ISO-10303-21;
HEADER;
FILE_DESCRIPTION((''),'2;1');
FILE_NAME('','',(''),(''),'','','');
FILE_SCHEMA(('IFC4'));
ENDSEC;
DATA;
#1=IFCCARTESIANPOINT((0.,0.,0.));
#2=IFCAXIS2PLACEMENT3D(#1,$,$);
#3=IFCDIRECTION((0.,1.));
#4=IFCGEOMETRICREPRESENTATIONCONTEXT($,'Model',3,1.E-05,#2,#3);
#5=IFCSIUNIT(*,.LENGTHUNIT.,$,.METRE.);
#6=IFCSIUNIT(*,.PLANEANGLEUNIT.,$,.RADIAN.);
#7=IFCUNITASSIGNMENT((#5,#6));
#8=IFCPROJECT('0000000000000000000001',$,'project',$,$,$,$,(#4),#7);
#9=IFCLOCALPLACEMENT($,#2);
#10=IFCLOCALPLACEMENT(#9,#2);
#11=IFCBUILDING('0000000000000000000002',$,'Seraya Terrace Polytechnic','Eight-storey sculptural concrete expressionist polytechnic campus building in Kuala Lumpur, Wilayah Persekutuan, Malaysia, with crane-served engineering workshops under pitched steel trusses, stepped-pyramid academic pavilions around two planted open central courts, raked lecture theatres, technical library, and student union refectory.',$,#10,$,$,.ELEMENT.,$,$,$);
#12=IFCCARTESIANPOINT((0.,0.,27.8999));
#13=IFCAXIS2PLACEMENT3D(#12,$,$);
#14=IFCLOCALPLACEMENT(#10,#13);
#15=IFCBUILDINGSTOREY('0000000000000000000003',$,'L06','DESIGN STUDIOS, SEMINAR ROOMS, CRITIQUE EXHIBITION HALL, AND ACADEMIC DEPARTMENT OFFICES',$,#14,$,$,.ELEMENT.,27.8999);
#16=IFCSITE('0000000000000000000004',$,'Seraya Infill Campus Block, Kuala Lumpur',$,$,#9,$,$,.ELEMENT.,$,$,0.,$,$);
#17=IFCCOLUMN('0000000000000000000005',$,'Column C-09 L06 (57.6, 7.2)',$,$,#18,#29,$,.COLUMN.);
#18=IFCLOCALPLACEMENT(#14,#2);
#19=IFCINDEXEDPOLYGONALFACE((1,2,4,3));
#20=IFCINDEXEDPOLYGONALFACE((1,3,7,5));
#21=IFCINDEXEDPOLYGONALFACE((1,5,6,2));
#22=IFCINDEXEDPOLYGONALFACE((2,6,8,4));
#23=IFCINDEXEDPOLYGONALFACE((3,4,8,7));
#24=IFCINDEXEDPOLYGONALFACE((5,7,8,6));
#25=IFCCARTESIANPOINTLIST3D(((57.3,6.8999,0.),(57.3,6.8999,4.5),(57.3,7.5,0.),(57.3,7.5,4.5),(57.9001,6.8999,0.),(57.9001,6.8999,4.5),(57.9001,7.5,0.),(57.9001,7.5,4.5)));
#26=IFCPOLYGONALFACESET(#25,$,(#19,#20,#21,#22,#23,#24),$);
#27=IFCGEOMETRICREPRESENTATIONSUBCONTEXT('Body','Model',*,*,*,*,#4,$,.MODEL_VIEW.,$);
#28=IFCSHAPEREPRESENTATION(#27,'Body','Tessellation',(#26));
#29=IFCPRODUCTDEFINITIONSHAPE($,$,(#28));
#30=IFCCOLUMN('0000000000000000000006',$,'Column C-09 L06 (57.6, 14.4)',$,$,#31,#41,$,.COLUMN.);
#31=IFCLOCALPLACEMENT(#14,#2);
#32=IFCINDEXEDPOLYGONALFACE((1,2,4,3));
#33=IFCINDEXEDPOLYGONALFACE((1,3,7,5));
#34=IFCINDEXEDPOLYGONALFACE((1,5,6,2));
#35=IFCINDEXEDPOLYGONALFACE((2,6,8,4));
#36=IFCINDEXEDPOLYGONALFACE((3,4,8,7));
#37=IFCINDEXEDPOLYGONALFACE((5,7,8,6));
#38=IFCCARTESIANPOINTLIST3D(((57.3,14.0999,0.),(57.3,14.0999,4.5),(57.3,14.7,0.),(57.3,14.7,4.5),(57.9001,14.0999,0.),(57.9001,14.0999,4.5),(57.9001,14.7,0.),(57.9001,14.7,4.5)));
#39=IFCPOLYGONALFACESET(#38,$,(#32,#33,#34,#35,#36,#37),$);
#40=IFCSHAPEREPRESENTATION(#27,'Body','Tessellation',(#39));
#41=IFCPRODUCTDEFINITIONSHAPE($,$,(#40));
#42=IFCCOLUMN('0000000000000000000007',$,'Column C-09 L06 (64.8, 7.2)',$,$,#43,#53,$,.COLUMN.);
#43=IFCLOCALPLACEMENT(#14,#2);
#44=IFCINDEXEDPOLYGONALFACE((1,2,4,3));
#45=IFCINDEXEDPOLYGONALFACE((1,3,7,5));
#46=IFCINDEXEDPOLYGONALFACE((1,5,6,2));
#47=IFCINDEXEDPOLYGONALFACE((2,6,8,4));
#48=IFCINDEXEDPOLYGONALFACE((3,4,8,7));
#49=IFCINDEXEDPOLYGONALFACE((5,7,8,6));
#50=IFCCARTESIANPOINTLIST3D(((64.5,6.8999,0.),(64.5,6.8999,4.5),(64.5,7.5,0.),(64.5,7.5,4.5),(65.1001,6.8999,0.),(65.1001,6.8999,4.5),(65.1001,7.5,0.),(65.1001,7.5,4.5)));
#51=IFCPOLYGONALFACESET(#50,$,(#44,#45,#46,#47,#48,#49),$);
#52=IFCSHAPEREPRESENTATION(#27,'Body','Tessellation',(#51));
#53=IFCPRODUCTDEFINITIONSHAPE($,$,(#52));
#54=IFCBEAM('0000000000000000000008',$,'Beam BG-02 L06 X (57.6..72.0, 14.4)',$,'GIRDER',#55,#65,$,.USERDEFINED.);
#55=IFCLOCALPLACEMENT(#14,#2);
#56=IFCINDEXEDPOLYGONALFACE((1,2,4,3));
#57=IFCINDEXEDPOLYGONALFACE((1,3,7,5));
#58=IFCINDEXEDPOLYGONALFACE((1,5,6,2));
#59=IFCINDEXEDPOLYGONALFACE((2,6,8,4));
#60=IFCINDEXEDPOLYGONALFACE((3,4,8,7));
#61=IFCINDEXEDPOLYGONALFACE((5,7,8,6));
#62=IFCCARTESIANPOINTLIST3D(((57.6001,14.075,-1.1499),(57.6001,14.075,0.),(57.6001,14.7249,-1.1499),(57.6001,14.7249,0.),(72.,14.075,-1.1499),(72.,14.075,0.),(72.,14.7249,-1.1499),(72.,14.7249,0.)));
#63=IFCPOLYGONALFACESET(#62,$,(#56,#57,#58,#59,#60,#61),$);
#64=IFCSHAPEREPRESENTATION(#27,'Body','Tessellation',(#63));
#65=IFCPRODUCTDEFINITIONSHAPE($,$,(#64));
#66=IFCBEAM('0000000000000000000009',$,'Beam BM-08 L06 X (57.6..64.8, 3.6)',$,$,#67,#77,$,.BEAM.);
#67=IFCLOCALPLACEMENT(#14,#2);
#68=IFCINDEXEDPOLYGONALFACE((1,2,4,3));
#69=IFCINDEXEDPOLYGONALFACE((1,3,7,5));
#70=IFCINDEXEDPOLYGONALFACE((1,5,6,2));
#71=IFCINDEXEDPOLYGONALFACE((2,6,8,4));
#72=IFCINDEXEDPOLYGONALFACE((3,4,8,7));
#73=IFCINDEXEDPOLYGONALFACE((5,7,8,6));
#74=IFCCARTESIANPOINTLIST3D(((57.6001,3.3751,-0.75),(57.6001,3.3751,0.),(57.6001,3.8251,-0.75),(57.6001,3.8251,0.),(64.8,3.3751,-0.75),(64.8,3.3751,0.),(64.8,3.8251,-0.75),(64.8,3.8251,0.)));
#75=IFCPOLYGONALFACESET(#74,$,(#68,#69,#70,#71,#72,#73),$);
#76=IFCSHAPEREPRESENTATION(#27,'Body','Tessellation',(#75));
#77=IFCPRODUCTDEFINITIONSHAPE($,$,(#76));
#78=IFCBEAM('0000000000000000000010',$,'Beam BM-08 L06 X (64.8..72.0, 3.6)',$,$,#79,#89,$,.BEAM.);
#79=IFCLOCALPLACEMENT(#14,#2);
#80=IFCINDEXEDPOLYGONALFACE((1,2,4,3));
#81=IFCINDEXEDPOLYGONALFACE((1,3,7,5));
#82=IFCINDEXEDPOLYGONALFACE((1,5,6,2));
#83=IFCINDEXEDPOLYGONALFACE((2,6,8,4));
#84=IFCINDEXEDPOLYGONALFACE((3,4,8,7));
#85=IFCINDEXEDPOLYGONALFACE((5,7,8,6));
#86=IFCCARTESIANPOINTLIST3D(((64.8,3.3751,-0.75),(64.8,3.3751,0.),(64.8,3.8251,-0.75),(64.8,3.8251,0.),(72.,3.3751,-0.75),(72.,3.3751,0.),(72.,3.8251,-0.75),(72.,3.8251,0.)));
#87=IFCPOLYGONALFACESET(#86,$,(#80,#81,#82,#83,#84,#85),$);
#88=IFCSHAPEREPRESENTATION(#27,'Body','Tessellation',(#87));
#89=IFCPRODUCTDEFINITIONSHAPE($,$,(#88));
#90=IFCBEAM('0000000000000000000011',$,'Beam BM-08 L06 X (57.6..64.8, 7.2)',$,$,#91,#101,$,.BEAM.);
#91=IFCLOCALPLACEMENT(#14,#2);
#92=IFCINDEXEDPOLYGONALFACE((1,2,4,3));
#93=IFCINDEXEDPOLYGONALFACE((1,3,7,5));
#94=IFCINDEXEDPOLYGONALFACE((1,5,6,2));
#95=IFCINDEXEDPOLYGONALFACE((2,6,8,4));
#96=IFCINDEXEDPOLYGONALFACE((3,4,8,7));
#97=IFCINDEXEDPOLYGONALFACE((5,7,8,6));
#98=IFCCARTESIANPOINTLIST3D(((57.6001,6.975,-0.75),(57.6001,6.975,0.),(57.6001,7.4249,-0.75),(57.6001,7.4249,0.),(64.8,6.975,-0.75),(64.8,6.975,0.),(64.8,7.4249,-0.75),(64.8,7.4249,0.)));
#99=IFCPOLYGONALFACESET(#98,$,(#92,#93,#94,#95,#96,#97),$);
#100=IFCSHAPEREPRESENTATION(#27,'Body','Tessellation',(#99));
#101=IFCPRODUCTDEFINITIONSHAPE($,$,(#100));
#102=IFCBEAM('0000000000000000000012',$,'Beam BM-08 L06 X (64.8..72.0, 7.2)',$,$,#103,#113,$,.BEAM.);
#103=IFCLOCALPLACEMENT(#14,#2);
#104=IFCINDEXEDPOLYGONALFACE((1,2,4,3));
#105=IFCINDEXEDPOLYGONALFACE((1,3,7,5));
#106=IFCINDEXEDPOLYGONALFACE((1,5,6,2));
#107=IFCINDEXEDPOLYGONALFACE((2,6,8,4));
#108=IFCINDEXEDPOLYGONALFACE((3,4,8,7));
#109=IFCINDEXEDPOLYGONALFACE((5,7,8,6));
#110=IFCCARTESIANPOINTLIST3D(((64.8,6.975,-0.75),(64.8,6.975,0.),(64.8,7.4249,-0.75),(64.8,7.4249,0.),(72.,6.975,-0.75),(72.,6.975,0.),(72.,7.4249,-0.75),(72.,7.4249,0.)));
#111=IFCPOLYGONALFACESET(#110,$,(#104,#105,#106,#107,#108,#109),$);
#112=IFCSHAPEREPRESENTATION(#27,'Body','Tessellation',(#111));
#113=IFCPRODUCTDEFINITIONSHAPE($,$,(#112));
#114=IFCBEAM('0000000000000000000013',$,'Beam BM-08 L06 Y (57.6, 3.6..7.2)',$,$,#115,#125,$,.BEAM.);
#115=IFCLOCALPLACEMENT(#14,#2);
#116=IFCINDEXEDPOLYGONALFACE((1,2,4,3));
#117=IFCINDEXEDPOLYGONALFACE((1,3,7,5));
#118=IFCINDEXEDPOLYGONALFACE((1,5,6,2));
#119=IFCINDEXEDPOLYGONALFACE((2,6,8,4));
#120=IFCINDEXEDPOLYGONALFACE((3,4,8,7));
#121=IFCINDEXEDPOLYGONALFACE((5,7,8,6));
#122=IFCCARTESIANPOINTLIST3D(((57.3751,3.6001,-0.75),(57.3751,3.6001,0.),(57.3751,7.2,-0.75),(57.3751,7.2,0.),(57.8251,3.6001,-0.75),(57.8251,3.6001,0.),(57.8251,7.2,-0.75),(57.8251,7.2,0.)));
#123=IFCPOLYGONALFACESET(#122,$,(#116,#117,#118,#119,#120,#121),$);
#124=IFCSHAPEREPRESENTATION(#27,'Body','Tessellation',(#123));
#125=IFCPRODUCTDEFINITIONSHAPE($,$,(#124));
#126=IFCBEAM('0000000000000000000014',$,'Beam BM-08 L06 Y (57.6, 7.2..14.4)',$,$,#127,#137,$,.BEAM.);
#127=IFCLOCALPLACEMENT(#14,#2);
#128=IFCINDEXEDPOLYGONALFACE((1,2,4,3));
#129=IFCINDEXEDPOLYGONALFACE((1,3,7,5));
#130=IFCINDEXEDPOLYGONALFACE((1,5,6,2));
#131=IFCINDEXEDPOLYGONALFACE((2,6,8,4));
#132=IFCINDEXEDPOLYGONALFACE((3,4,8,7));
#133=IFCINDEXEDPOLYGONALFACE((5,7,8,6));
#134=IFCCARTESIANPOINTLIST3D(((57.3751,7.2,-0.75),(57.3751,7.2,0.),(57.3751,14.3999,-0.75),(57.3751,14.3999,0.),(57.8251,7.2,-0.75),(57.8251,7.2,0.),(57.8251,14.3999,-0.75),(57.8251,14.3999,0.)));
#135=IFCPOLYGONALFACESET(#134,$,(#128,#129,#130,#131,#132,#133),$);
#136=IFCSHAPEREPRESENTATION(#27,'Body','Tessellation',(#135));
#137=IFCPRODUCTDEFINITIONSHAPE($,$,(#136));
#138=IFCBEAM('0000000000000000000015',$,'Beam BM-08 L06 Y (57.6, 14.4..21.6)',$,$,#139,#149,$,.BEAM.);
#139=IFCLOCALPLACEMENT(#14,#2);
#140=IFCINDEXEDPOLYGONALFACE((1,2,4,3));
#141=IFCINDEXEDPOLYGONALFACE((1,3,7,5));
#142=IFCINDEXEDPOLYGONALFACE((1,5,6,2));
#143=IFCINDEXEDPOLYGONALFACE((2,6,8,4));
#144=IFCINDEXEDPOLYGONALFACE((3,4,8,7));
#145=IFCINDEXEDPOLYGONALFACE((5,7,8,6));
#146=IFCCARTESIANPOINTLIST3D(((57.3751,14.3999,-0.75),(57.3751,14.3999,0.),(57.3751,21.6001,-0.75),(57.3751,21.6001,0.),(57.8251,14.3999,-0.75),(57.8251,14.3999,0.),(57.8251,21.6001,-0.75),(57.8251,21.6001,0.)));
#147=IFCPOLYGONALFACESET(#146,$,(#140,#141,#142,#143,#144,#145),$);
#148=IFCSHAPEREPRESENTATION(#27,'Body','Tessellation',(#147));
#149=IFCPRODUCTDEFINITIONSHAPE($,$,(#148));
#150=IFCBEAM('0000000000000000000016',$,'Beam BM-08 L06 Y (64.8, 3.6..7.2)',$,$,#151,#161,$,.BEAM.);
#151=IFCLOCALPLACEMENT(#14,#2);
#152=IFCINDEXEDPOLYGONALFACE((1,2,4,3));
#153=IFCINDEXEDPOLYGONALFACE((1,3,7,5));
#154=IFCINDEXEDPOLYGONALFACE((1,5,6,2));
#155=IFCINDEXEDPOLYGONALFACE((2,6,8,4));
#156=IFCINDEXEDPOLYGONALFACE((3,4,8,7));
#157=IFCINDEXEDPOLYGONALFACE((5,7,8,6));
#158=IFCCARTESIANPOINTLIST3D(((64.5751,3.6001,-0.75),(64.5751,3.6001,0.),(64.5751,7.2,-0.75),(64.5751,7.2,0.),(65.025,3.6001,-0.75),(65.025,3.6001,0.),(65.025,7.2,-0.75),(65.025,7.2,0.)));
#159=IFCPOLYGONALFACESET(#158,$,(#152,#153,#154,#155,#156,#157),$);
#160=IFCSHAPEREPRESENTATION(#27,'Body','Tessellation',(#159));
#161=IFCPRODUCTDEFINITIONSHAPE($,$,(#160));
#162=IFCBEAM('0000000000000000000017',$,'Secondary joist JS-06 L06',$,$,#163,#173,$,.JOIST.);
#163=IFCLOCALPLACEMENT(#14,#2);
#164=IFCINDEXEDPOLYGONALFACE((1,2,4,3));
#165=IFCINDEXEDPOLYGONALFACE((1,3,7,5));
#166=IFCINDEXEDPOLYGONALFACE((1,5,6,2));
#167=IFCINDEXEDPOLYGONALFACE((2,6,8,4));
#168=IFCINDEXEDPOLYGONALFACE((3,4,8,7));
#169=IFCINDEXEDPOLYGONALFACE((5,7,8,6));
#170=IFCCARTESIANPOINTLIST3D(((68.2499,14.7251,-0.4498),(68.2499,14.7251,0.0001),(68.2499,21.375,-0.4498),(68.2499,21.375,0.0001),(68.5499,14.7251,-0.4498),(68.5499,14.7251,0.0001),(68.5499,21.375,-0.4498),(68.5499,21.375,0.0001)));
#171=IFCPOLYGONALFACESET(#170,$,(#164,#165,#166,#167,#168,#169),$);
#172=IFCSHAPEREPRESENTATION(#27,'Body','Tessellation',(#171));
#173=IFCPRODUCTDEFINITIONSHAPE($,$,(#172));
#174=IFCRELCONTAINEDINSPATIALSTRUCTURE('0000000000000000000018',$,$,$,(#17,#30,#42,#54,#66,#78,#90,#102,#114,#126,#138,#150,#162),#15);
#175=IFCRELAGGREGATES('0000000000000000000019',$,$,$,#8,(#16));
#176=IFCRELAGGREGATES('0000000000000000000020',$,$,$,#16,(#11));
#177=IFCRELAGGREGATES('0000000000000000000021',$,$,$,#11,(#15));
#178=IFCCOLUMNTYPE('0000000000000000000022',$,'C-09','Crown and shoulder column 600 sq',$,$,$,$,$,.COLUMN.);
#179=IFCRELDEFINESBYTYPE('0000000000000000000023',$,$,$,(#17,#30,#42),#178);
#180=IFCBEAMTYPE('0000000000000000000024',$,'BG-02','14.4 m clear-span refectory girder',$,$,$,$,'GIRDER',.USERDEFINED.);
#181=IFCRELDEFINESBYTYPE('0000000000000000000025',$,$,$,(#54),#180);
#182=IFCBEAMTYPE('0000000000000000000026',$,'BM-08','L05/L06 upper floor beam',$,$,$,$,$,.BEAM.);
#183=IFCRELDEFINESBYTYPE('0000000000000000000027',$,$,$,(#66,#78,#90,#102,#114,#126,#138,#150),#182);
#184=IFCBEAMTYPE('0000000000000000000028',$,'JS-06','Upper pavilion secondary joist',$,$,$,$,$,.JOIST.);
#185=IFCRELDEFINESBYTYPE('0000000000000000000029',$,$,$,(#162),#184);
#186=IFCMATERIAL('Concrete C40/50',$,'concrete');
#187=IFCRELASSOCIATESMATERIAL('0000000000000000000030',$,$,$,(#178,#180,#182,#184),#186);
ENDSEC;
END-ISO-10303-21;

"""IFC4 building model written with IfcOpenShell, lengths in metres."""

from ifc_helpers import new_model, si_unit, direction, frame, origin, origin_2d, place, context, subcontext, project, spatial, rectangle, extrude, material, material_profile, profile_set, type_object, element, save


model = new_model("IFC4")

# Units and contexts
model_context = context("Model", 3, precision=1e-05, world=origin(), true_north=direction((0.0, 1.0)))
body_context = subcontext(model_context, "Body", "Model", "MODEL_VIEW")
ifc_project = project(units=[si_unit("LENGTHUNIT", "METRE"), si_unit("PLANEANGLEUNIT", "RADIAN")], contexts=[model_context])

# Site, building, storey
site_placement = place(None, origin())
site = spatial("IfcSite", under=ifc_project, at=site_placement, Name="Seraya Infill Campus Block, Kuala Lumpur", CompositionType="ELEMENT", RefElevation=0.0)
building_placement = place(site_placement, origin())
building = spatial("IfcBuilding", under=site, at=building_placement, Name="Seraya Terrace Polytechnic", Description="Eight-storey sculptural concrete expressionist polytechnic campus building in Kuala Lumpur, Wilayah Persekutuan, Malaysia, with crane-served engineering workshops under pitched steel trusses, stepped-pyramid academic pavilions around two planted open central courts, raked lecture theatres, technical library, and student union refectory.", CompositionType="ELEMENT")
storey_placement = place(building_placement, frame((0.0, 0.0, 27.8999)))
storey = spatial("IfcBuildingStorey", under=building, at=storey_placement, Name="L06", Description="DESIGN STUDIOS, SEMINAR ROOMS, CRITIQUE EXHIBITION HALL, AND ACADEMIC DEPARTMENT OFFICES", CompositionType="ELEMENT", Elevation=27.8999)

# Columns
ifc_material_1 = material(Name="Concrete C40/50", Category="concrete")
ifc_material_profile_1 = material_profile(ifc_material_1, rectangle(XDim=0.6001, YDim=0.6001, at=origin_2d()), Name="RC 600x600")
ifc_profile_set_1 = profile_set([ifc_material_profile_1], Name="Concrete C40/50")
column_type = type_object("IfcColumnType", Name="C-09", Description="Crown and shoulder column 600 sq", PredefinedType="COLUMN", material=ifc_profile_set_1)
for number, where, z_axis, x_axis, name in (
    (1, (57.6001, 7.2, 0.0), (0.0, 0.0, 1.0), (1.0, 0.0, 0.0), "Column C-09 L06 (57.6, 7.2)"),
    (2, (57.6001, 14.3999, 0.0), (0.0, 0.0, 1.0), (1.0, 0.0, 0.0), "Column C-09 L06 (57.6, 14.4)"),
    (3, (64.8, 7.2, 0.0), (0.0, 0.0, 1.0), (1.0, 0.0, 0.0), "Column C-09 L06 (64.8, 7.2)"),
):
    element("IfcColumn", number, at=place(storey_placement, frame(where, z_axis=z_axis, x_axis=x_axis)), inside=storey, type_object=column_type, Name=name, PredefinedType="COLUMN", context=body_context, shape_type="SweptSolid", body=[
        extrude(rectangle(XDim=0.6001, YDim=0.6001, at=origin_2d()), origin(), (0.0, 0.0, 1.0), 4.5),
    ])

# Beams
ifc_material_profile_2 = material_profile(ifc_material_1, rectangle(XDim=0.6499, YDim=1.1499, at=origin_2d()), Name="RC 650x1150")
ifc_profile_set_2 = profile_set([ifc_material_profile_2], Name="Concrete C40/50")
beam_type_1 = type_object("IfcBeamType", Name="BG-02", Description="14.4 m clear-span refectory girder", ElementType="GIRDER", PredefinedType="USERDEFINED", material=ifc_profile_set_2)
beam_1_placement = place(storey_placement, frame((57.6001, 14.3999, -0.575), z_axis=(1.0, 0.0, 0.0), x_axis=(0.0, 1.0, 0.0)))
element("IfcBeam", 4, at=beam_1_placement, inside=storey, type_object=beam_type_1, Name="Beam BG-02 L06 X (57.6..72.0, 14.4)", ObjectType="GIRDER", PredefinedType="USERDEFINED", context=body_context, shape_type="SweptSolid", body=[
    extrude(rectangle(XDim=0.6499, YDim=1.1499, at=origin_2d()), origin(), (0.0, 0.0, 1.0), 14.3999),
])
ifc_material_profile_3 = material_profile(ifc_material_1, rectangle(XDim=0.45, YDim=0.75, at=origin_2d()), Name="RC 450x750")
ifc_profile_set_3 = profile_set([ifc_material_profile_3], Name="Concrete C40/50")
beam_type_2 = type_object("IfcBeamType", Name="BM-08", Description="L05/L06 upper floor beam", PredefinedType="BEAM", material=ifc_profile_set_3)
for number, where, z_axis, x_axis, name in (
    (5, (57.6001, 3.6001, -0.375), (1.0, 0.0, 0.0), (0.0, 1.0, 0.0), "Beam BM-08 L06 X (57.6..64.8, 3.6)"),
    (6, (64.8, 3.6001, -0.375), (1.0, 0.0, 0.0), (0.0, 1.0, 0.0), "Beam BM-08 L06 X (64.8..72.0, 3.6)"),
    (7, (57.6001, 7.2, -0.375), (1.0, 0.0, 0.0), (0.0, 1.0, 0.0), "Beam BM-08 L06 X (57.6..64.8, 7.2)"),
    (8, (64.8, 7.2, -0.375), (1.0, 0.0, 0.0), (0.0, 1.0, 0.0), "Beam BM-08 L06 X (64.8..72.0, 7.2)"),
):
    element("IfcBeam", number, at=place(storey_placement, frame(where, z_axis=z_axis, x_axis=x_axis)), inside=storey, type_object=beam_type_2, Name=name, PredefinedType="BEAM", context=body_context, shape_type="SweptSolid", body=[
        extrude(rectangle(XDim=0.45, YDim=0.75, at=origin_2d()), origin(), (0.0, 0.0, 1.0), 7.2),
    ])
beam_2_placement = place(storey_placement, frame((57.6001, 3.6001, -0.375), z_axis=(0.0, 1.0, 0.0), x_axis=(-1.0, 0.0, 0.0)))
element("IfcBeam", 9, at=beam_2_placement, inside=storey, type_object=beam_type_2, Name="Beam BM-08 L06 Y (57.6, 3.6..7.2)", PredefinedType="BEAM", context=body_context, shape_type="SweptSolid", body=[
    extrude(rectangle(XDim=0.45, YDim=0.75, at=origin_2d()), origin(), (0.0, 0.0, 1.0), 3.5999),
])
beam_3_placement = place(storey_placement, frame((57.6001, 7.2, -0.375), z_axis=(0.0, 1.0, 0.0), x_axis=(-1.0, 0.0, 0.0)))
element("IfcBeam", 10, at=beam_3_placement, inside=storey, type_object=beam_type_2, Name="Beam BM-08 L06 Y (57.6, 7.2..14.4)", PredefinedType="BEAM", context=body_context, shape_type="SweptSolid", body=[
    extrude(rectangle(XDim=0.45, YDim=0.75, at=origin_2d()), origin(), (0.0, 0.0, 1.0), 7.2),
])
beam_4_placement = place(storey_placement, frame((57.6001, 14.3999, -0.375), z_axis=(0.0, 1.0, 0.0), x_axis=(-1.0, 0.0, 0.0)))
element("IfcBeam", 11, at=beam_4_placement, inside=storey, type_object=beam_type_2, Name="Beam BM-08 L06 Y (57.6, 14.4..21.6)", PredefinedType="BEAM", context=body_context, shape_type="SweptSolid", body=[
    extrude(rectangle(XDim=0.45, YDim=0.75, at=origin_2d()), origin(), (0.0, 0.0, 1.0), 7.2002),
])
beam_5_placement = place(storey_placement, frame((64.8, 3.6001, -0.375), z_axis=(0.0, 1.0, 0.0), x_axis=(-1.0, 0.0, 0.0)))
element("IfcBeam", 12, at=beam_5_placement, inside=storey, type_object=beam_type_2, Name="Beam BM-08 L06 Y (64.8, 3.6..7.2)", PredefinedType="BEAM", context=body_context, shape_type="SweptSolid", body=[
    extrude(rectangle(XDim=0.45, YDim=0.75, at=origin_2d()), origin(), (0.0, 0.0, 1.0), 3.5999),
])
ifc_material_profile_4 = material_profile(ifc_material_1, rectangle(XDim=0.3, YDim=0.45, at=origin_2d()), Name="RC 300x450")
ifc_profile_set_4 = profile_set([ifc_material_profile_4], Name="Concrete C40/50")
beam_type_3 = type_object("IfcBeamType", Name="JS-06", Description="Upper pavilion secondary joist", PredefinedType="JOIST", material=ifc_profile_set_4)
beam_6_placement = place(storey_placement, frame((68.3999, 14.7251, -0.2249), z_axis=(0.0, 1.0, 0.0), x_axis=(-1.0, 0.0, 0.0)))
element("IfcBeam", 13, at=beam_6_placement, inside=storey, type_object=beam_type_3, Name="Secondary joist JS-06 L06", PredefinedType="JOIST", context=body_context, shape_type="SweptSolid", body=[
    extrude(rectangle(XDim=0.3, YDim=0.45, at=origin_2d()), origin(), (0.0, 0.0, 1.0), 6.6499),
])

save(model, "model.ifc")
